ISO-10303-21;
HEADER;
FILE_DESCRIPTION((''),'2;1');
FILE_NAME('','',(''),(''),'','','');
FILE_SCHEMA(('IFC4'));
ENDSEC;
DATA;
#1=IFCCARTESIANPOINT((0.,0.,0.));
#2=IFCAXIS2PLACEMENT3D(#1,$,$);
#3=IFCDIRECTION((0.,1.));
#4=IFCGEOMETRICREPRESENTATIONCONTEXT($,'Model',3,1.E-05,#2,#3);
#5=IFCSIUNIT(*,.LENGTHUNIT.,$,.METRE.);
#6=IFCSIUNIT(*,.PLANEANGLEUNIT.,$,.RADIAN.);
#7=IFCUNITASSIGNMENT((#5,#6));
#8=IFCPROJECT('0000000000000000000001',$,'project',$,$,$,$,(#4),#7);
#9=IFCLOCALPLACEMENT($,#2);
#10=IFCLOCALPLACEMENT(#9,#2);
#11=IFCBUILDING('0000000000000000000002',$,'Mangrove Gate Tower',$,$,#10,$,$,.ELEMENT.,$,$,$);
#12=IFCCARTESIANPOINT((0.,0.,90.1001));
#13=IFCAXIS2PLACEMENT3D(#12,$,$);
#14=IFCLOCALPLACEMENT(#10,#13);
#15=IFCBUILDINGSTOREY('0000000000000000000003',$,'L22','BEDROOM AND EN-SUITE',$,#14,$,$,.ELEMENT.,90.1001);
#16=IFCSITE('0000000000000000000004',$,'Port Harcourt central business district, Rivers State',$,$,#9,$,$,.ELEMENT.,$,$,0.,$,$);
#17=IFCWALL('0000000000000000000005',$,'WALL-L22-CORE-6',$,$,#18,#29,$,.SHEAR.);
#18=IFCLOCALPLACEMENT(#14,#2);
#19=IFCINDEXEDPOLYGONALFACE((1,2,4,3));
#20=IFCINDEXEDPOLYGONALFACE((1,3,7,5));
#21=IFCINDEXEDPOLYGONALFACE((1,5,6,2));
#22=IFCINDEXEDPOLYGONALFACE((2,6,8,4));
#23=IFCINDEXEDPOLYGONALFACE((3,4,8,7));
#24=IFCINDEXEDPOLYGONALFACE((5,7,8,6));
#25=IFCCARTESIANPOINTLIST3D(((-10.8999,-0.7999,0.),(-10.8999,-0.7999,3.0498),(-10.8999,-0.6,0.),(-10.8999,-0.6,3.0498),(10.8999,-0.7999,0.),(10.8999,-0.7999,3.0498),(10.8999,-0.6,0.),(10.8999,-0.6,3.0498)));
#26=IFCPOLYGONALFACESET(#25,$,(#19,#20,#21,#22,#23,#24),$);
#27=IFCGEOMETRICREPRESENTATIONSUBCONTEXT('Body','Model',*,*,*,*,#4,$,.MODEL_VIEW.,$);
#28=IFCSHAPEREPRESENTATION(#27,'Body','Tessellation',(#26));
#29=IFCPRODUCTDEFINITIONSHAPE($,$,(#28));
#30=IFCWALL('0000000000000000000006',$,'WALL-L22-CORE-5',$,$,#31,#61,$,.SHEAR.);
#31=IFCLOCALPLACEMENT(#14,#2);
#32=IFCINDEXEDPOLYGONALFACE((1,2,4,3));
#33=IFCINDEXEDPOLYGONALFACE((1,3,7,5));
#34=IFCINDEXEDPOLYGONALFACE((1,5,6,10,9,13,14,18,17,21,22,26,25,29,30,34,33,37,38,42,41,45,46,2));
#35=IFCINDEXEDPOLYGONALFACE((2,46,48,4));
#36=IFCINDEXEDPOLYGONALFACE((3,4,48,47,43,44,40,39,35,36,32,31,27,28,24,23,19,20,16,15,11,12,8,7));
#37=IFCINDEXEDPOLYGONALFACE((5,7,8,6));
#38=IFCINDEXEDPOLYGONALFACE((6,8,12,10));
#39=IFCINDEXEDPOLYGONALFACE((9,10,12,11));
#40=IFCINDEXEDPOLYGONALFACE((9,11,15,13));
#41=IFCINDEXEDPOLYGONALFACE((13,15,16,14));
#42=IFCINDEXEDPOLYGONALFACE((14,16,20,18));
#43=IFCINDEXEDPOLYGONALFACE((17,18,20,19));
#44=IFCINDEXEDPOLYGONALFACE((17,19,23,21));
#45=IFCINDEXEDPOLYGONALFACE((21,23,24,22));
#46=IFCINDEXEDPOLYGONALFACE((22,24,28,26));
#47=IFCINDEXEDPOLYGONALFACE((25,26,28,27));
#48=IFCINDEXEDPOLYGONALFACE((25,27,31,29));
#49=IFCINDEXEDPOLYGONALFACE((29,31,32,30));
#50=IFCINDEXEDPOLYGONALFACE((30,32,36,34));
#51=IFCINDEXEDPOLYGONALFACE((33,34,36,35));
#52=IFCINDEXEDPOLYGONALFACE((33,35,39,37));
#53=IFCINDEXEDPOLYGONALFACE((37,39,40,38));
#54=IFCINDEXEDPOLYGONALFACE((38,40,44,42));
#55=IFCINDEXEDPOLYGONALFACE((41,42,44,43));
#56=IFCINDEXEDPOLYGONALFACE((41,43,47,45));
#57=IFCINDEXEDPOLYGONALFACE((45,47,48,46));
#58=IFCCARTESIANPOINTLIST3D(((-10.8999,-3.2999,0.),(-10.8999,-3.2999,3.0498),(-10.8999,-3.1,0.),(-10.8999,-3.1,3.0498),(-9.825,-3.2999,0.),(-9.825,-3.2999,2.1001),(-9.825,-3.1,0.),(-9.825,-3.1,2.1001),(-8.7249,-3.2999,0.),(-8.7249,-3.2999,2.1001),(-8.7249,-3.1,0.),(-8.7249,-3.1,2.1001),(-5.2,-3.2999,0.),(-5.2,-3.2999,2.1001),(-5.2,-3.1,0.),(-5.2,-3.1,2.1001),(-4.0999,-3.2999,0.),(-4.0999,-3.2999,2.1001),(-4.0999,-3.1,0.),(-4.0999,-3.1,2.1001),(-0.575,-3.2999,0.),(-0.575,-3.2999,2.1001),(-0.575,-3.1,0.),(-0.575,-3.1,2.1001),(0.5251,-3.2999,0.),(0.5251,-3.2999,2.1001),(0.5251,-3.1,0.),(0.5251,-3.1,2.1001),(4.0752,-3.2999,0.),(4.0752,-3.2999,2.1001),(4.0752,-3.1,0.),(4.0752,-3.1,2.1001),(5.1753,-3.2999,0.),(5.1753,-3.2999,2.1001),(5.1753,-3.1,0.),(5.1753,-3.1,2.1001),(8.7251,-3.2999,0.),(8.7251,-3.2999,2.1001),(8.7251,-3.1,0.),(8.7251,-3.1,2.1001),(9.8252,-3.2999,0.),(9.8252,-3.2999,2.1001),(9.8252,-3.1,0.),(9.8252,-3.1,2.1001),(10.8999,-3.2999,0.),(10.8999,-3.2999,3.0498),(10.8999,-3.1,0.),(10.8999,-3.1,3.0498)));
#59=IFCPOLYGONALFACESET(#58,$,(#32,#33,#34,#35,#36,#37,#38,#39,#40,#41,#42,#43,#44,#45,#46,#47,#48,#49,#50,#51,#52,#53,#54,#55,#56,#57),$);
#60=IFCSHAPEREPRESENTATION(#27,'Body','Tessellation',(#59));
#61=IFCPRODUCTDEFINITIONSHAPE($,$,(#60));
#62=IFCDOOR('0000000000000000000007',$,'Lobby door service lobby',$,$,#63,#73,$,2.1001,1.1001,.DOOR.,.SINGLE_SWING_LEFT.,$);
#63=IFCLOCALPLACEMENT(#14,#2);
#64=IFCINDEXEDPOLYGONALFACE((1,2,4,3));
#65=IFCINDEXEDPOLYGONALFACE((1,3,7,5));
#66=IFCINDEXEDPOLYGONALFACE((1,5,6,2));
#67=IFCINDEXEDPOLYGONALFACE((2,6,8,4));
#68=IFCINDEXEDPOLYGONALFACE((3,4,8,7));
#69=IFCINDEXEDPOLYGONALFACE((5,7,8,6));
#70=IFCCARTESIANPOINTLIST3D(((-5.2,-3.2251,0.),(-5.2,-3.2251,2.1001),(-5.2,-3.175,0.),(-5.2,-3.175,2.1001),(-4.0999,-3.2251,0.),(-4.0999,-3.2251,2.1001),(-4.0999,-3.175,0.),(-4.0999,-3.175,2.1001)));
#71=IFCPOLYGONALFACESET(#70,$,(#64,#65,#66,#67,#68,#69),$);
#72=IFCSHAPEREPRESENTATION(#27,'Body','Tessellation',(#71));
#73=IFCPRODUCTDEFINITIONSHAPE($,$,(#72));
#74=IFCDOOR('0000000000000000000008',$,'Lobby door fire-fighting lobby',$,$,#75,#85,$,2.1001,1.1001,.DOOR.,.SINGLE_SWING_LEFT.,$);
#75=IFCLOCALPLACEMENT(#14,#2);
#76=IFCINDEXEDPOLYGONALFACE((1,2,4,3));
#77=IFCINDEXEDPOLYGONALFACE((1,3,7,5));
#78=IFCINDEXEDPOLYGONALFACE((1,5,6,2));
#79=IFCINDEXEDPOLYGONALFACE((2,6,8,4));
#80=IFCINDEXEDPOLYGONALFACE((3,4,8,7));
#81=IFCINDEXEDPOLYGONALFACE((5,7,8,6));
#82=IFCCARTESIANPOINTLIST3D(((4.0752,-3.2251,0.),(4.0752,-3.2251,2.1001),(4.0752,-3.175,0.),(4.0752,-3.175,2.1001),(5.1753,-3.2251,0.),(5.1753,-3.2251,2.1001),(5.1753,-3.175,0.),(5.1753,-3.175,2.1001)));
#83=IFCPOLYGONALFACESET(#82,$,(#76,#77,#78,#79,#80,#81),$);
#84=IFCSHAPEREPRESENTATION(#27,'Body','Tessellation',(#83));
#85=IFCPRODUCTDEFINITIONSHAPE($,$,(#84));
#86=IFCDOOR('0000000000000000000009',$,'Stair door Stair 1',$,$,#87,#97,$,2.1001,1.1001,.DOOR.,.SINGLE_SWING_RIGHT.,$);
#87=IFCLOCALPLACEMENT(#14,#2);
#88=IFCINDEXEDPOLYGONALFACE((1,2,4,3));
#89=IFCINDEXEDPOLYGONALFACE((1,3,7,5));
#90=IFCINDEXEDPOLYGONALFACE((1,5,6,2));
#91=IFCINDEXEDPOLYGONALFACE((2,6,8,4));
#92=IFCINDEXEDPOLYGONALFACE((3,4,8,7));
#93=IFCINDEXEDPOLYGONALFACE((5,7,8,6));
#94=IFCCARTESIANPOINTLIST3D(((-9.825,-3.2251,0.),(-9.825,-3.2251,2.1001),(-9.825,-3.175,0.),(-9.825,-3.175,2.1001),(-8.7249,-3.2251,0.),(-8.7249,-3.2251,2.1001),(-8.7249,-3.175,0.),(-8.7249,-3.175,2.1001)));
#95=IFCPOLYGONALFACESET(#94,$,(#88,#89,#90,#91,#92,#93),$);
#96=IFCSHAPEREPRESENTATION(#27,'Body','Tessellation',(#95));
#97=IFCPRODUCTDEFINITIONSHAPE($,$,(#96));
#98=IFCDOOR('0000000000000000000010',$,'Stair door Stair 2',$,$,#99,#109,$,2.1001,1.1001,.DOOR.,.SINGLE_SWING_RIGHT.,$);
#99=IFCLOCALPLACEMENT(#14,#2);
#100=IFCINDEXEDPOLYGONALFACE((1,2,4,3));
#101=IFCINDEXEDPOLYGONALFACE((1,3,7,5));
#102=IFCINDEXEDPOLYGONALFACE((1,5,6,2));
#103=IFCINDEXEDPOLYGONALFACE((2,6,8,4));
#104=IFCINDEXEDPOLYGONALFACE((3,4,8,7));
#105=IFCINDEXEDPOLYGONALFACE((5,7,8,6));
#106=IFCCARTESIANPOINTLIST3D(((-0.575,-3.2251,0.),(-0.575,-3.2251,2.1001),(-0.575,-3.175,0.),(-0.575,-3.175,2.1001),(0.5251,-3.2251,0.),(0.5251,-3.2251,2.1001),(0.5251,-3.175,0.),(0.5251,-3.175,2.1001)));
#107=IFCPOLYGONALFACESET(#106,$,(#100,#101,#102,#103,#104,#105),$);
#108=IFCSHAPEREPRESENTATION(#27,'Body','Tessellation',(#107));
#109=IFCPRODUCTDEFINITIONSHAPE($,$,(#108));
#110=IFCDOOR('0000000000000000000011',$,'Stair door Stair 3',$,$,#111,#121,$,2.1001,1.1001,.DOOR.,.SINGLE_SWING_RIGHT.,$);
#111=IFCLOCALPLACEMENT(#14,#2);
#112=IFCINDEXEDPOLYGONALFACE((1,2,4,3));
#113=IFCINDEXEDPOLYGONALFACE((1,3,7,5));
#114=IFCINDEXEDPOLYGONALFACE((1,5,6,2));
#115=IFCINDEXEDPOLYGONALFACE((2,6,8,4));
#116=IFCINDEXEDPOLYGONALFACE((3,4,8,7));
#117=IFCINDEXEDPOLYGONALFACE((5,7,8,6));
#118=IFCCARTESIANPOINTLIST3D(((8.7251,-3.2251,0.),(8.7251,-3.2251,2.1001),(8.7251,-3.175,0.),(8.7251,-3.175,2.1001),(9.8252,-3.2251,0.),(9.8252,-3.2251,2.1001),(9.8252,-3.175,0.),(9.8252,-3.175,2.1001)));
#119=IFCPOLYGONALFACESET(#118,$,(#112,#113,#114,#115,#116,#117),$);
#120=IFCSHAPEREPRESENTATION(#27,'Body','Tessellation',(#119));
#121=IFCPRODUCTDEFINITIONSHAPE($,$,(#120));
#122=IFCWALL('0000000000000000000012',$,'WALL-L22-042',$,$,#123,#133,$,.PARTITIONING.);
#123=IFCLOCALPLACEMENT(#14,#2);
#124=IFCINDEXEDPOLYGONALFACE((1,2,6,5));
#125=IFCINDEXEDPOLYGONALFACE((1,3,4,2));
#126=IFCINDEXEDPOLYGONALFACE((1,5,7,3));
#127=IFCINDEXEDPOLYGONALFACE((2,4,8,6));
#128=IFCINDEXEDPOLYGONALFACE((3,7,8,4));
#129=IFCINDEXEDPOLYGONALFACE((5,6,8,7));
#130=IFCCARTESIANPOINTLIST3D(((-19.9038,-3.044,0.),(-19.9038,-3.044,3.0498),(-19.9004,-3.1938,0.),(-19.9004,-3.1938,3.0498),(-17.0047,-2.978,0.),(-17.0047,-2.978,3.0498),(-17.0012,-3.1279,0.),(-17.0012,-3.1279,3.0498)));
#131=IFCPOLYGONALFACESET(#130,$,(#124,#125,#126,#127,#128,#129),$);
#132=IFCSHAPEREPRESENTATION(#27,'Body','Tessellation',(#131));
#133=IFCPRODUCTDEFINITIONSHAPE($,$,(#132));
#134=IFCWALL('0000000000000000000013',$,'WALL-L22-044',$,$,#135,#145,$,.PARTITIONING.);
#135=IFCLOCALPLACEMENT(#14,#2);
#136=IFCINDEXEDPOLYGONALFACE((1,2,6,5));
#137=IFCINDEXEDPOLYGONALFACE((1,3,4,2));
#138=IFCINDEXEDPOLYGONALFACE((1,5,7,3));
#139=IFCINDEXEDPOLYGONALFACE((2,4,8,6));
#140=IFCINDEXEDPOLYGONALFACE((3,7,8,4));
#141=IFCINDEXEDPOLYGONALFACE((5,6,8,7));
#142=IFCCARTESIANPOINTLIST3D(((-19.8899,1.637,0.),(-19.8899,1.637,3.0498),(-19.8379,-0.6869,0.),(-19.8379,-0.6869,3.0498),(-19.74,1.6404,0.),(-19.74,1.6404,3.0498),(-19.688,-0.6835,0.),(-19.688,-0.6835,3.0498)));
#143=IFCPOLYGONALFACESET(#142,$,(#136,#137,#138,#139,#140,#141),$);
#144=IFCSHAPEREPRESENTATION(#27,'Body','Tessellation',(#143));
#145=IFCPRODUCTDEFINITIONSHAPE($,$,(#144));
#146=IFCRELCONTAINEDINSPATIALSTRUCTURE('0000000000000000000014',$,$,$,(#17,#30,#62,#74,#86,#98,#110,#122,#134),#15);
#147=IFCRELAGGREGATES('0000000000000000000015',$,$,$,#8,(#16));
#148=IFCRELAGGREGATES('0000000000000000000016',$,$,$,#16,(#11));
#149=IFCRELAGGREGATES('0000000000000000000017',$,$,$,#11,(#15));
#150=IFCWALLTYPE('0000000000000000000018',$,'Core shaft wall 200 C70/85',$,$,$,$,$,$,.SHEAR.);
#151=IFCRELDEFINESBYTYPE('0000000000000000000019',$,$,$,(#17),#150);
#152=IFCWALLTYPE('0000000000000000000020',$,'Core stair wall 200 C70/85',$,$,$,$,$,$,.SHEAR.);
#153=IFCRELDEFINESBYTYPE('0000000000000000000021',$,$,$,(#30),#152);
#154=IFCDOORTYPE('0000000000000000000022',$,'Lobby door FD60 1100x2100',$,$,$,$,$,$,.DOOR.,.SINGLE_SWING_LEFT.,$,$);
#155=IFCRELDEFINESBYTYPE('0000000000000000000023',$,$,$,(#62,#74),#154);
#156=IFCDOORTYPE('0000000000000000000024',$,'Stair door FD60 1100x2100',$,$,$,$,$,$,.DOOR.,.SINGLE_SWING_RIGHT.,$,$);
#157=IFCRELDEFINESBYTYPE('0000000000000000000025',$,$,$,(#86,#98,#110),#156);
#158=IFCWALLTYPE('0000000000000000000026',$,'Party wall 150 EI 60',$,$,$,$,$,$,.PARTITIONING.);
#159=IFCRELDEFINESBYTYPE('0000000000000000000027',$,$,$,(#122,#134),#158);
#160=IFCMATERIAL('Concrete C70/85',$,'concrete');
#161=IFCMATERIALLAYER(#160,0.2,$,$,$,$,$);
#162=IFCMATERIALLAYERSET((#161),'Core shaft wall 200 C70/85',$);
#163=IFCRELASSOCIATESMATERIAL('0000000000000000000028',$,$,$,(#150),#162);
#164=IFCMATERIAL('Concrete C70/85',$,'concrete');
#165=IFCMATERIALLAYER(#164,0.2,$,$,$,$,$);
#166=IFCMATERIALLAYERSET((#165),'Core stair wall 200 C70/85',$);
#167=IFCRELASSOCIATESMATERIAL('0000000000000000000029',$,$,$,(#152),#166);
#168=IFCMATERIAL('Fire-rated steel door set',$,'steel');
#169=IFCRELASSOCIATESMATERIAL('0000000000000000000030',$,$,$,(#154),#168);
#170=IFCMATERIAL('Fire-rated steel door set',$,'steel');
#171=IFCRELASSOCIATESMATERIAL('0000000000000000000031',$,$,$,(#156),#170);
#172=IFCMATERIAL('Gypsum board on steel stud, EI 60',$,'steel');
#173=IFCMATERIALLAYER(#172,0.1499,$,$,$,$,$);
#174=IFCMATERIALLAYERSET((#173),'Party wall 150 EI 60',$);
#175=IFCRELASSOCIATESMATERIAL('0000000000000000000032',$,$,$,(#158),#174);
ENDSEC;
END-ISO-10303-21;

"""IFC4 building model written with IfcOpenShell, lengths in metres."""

from ifc_helpers import new_model, si_unit, direction, frame, frame_2d, origin, place, context, subcontext, project, spatial, rectangle, extrude, material, layer, layer_set, type_object, element, fill, save


model = new_model("IFC4")

# Units and contexts
model_context = context("Model", 3, precision=1e-05, world=origin(), true_north=direction((0.0, 1.0)))
body_context = subcontext(model_context, "Body", "Model", "MODEL_VIEW")
ifc_project = project(units=[si_unit("LENGTHUNIT", "METRE"), si_unit("PLANEANGLEUNIT", "RADIAN")], contexts=[model_context])

# Site, building, storey
site_placement = place(None, origin())
site = spatial("IfcSite", under=ifc_project, at=site_placement, Name="Port Harcourt central business district, Rivers State", CompositionType="ELEMENT", RefElevation=0.0)
building_placement = place(site_placement, origin())
building = spatial("IfcBuilding", under=site, at=building_placement, Name="Mangrove Gate Tower", CompositionType="ELEMENT")
storey_placement = place(building_placement, frame((0.0, 0.0, 90.1001)))
storey = spatial("IfcBuildingStorey", under=building, at=storey_placement, Name="L22", Description="BEDROOM AND EN-SUITE", CompositionType="ELEMENT", Elevation=90.1001)

# Wall
ifc_material_1 = material(Name="Concrete C70/85", Category="concrete")
ifc_layer_1 = layer(ifc_material_1, 0.2)
ifc_layer_set_1 = layer_set([ifc_layer_1], Name="Core shaft wall 200 C70/85")
wall_type_1 = type_object("IfcWallType", Name="Core shaft wall 200 C70/85", PredefinedType="SHEAR", material=ifc_layer_set_1)
wall_1_placement = place(storey_placement, frame((-10.8999, -0.7, 0.0), z_axis=(0.0, 0.0, 1.0), x_axis=(1.0, 0.0, 0.0)))
element("IfcWall", 1, at=wall_1_placement, inside=storey, type_object=wall_type_1, Name="WALL-L22-CORE-6", PredefinedType="SHEAR", context=body_context, shape_type="SweptSolid", body=[
    extrude(rectangle(XDim=21.7998, YDim=0.2, at=frame_2d((10.8999, 0.0))), origin(), (0.0, 0.0, 1.0), 3.0498),
])

# Wall, openings, doors
ifc_material_2 = material(Name="Concrete C70/85", Category="concrete")
ifc_layer_2 = layer(ifc_material_2, 0.2)
ifc_layer_set_2 = layer_set([ifc_layer_2], Name="Core stair wall 200 C70/85")
wall_type_2 = type_object("IfcWallType", Name="Core stair wall 200 C70/85", PredefinedType="SHEAR", material=ifc_layer_set_2)
wall_2_placement = place(storey_placement, frame((-10.8999, -3.2, 0.0), z_axis=(0.0, 0.0, 1.0), x_axis=(1.0, 0.0, 0.0)))
wall_2 = element("IfcWall", 2, at=wall_2_placement, inside=storey, type_object=wall_type_2, Name="WALL-L22-CORE-5", PredefinedType="SHEAR", context=body_context, shape_type="SweptSolid", body=[
    extrude(rectangle(XDim=21.7998, YDim=0.2, at=frame_2d((10.8999, 0.0))), origin(), (0.0, 0.0, 1.0), 3.0498),
])
opening_1_placement = place(wall_2_placement, frame((1.075, 0.0, 0.0)))
opening_1 = element("IfcOpeningElement", 3, at=opening_1_placement, cuts=wall_2, PredefinedType="OPENING", context=body_context, shape_type="SweptSolid", body=[
    extrude(rectangle(XDim=1.1001, YDim=2.1001, at=frame_2d((0.55, 1.05))), frame((0.0, 0.1099, 0.0), z_axis=(0.0, -1.0, 0.0), x_axis=(1.0, 0.0, 0.0)), (0.0, 0.0, 1.0), 0.22),
])
opening_2_placement = place(wall_2_placement, frame((10.325, 0.0, 0.0)))
opening_2 = element("IfcOpeningElement", 4, at=opening_2_placement, cuts=wall_2, PredefinedType="OPENING", context=body_context, shape_type="SweptSolid", body=[
    extrude(rectangle(XDim=1.1001, YDim=2.1001, at=frame_2d((0.55, 1.05))), frame((0.0, 0.1099, 0.0), z_axis=(0.0, -1.0, 0.0), x_axis=(1.0, 0.0, 0.0)), (0.0, 0.0, 1.0), 0.22),
])
opening_3_placement = place(wall_2_placement, frame((19.625, 0.0, 0.0)))
opening_3 = element("IfcOpeningElement", 5, at=opening_3_placement, cuts=wall_2, PredefinedType="OPENING", context=body_context, shape_type="SweptSolid", body=[
    extrude(rectangle(XDim=1.1001, YDim=2.1001, at=frame_2d((0.55, 1.05))), frame((0.0, 0.1099, 0.0), z_axis=(0.0, -1.0, 0.0), x_axis=(1.0, 0.0, 0.0)), (0.0, 0.0, 1.0), 0.22),
])
opening_4_placement = place(wall_2_placement, frame((5.7, 0.0, 0.0)))
opening_4 = element("IfcOpeningElement", 6, at=opening_4_placement, cuts=wall_2, PredefinedType="OPENING", context=body_context, shape_type="SweptSolid", body=[
    extrude(rectangle(XDim=1.1001, YDim=2.1001, at=frame_2d((0.55, 1.05))), frame((0.0, 0.1099, 0.0), z_axis=(0.0, -1.0, 0.0), x_axis=(1.0, 0.0, 0.0)), (0.0, 0.0, 1.0), 0.22),
])
opening_5_placement = place(wall_2_placement, frame((14.9751, 0.0, 0.0)))
opening_5 = element("IfcOpeningElement", 7, at=opening_5_placement, cuts=wall_2, PredefinedType="OPENING", context=body_context, shape_type="SweptSolid", body=[
    extrude(rectangle(XDim=1.1001, YDim=2.1001, at=frame_2d((0.55, 1.05))), frame((0.0, 0.1099, 0.0), z_axis=(0.0, -1.0, 0.0), x_axis=(1.0, 0.0, 0.0)), (0.0, 0.0, 1.0), 0.22),
])
ifc_material_3 = material(Name="Fire-rated steel door set", Category="steel")
door_type_1 = type_object("IfcDoorType", Name="Lobby door FD60 1100x2100", OperationType="SINGLE_SWING_LEFT", PredefinedType="DOOR", material=ifc_material_3)
door_1_placement = place(opening_4_placement, origin())
door_1 = element("IfcDoor", 8, at=door_1_placement, inside=storey, type_object=door_type_1, Name="Lobby door service lobby", OperationType="SINGLE_SWING_LEFT", OverallHeight=2.1001, OverallWidth=1.1001, PredefinedType="DOOR", context=body_context, shape_type="SweptSolid", body=[
    extrude(rectangle(XDim=1.1001, YDim=2.1001, at=frame_2d((0.55, 1.05))), frame((0.0, 0.0249, 0.0), z_axis=(0.0, -1.0, 0.0), x_axis=(1.0, 0.0, 0.0)), (0.0, 0.0, 1.0), 0.05),
])
fill(opening_4, door_1)
door_2_placement = place(opening_5_placement, origin())
door_2 = element("IfcDoor", 9, at=door_2_placement, inside=storey, type_object=door_type_1, Name="Lobby door fire-fighting lobby", OperationType="SINGLE_SWING_LEFT", OverallHeight=2.1001, OverallWidth=1.1001, PredefinedType="DOOR", context=body_context, shape_type="SweptSolid", body=[
    extrude(rectangle(XDim=1.1001, YDim=2.1001, at=frame_2d((0.55, 1.05))), frame((0.0, 0.0249, 0.0), z_axis=(0.0, -1.0, 0.0), x_axis=(1.0, 0.0, 0.0)), (0.0, 0.0, 1.0), 0.05),
])
fill(opening_5, door_2)
ifc_material_4 = material(Name="Fire-rated steel door set", Category="steel")
door_type_2 = type_object("IfcDoorType", Name="Stair door FD60 1100x2100", OperationType="SINGLE_SWING_RIGHT", PredefinedType="DOOR", material=ifc_material_4)
door_3_placement = place(opening_1_placement, origin())
door_3 = element("IfcDoor", 10, at=door_3_placement, inside=storey, type_object=door_type_2, Name="Stair door Stair 1", OperationType="SINGLE_SWING_RIGHT", OverallHeight=2.1001, OverallWidth=1.1001, PredefinedType="DOOR", context=body_context, shape_type="SweptSolid", body=[
    extrude(rectangle(XDim=1.1001, YDim=2.1001, at=frame_2d((0.55, 1.05))), frame((0.0, 0.0249, 0.0), z_axis=(0.0, -1.0, 0.0), x_axis=(1.0, 0.0, 0.0)), (0.0, 0.0, 1.0), 0.05),
])
fill(opening_1, door_3)
door_4_placement = place(opening_2_placement, origin())
door_4 = element("IfcDoor", 11, at=door_4_placement, inside=storey, type_object=door_type_2, Name="Stair door Stair 2", OperationType="SINGLE_SWING_RIGHT", OverallHeight=2.1001, OverallWidth=1.1001, PredefinedType="DOOR", context=body_context, shape_type="SweptSolid", body=[
    extrude(rectangle(XDim=1.1001, YDim=2.1001, at=frame_2d((0.55, 1.05))), frame((0.0, 0.0249, 0.0), z_axis=(0.0, -1.0, 0.0), x_axis=(1.0, 0.0, 0.0)), (0.0, 0.0, 1.0), 0.05),
])
fill(opening_2, door_4)
door_5_placement = place(opening_3_placement, origin())
door_5 = element("IfcDoor", 12, at=door_5_placement, inside=storey, type_object=door_type_2, Name="Stair door Stair 3", OperationType="SINGLE_SWING_RIGHT", OverallHeight=2.1001, OverallWidth=1.1001, PredefinedType="DOOR", context=body_context, shape_type="SweptSolid", body=[
    extrude(rectangle(XDim=1.1001, YDim=2.1001, at=frame_2d((0.55, 1.05))), frame((0.0, 0.0249, 0.0), z_axis=(0.0, -1.0, 0.0), x_axis=(1.0, 0.0, 0.0)), (0.0, 0.0, 1.0), 0.05),
])
fill(opening_3, door_5)

# Walls
ifc_material_5 = material(Name="Gypsum board on steel stud, EI 60", Category="steel")
ifc_layer_3 = layer(ifc_material_5, 0.1499)
ifc_layer_set_3 = layer_set([ifc_layer_3], Name="Party wall 150 EI 60")
wall_type_3 = type_object("IfcWallType", Name="Party wall 150 EI 60", PredefinedType="PARTITIONING", material=ifc_layer_set_3)
wall_3_placement = place(storey_placement, frame((-19.9021, -3.1189, 0.0), z_axis=(0.0, 0.0, 1.0), x_axis=(0.999742, 0.022731, 0.0)))
element("IfcWall", 13, at=wall_3_placement, inside=storey, type_object=wall_type_3, Name="WALL-L22-042", PredefinedType="PARTITIONING", context=body_context, shape_type="SweptSolid", body=[
    extrude(rectangle(XDim=2.8999, YDim=0.1499, at=frame_2d((1.45, 0.0))), origin(), (0.0, 0.0, 1.0), 3.0498),
])
wall_4_placement = place(storey_placement, frame((-19.7629, -0.6851, 0.0), z_axis=(0.0, 0.0, 1.0), x_axis=(-0.022371, 0.99975, 0.0)))
element("IfcWall", 14, at=wall_4_placement, inside=storey, type_object=wall_type_3, Name="WALL-L22-044", PredefinedType="PARTITIONING", context=body_context, shape_type="SweptSolid", body=[
    extrude(rectangle(XDim=2.3245, YDim=0.1499, at=frame_2d((1.1621, 0.0))), origin(), (0.0, 0.0, 1.0), 3.0498),
])

save(model, "model.ifc")
